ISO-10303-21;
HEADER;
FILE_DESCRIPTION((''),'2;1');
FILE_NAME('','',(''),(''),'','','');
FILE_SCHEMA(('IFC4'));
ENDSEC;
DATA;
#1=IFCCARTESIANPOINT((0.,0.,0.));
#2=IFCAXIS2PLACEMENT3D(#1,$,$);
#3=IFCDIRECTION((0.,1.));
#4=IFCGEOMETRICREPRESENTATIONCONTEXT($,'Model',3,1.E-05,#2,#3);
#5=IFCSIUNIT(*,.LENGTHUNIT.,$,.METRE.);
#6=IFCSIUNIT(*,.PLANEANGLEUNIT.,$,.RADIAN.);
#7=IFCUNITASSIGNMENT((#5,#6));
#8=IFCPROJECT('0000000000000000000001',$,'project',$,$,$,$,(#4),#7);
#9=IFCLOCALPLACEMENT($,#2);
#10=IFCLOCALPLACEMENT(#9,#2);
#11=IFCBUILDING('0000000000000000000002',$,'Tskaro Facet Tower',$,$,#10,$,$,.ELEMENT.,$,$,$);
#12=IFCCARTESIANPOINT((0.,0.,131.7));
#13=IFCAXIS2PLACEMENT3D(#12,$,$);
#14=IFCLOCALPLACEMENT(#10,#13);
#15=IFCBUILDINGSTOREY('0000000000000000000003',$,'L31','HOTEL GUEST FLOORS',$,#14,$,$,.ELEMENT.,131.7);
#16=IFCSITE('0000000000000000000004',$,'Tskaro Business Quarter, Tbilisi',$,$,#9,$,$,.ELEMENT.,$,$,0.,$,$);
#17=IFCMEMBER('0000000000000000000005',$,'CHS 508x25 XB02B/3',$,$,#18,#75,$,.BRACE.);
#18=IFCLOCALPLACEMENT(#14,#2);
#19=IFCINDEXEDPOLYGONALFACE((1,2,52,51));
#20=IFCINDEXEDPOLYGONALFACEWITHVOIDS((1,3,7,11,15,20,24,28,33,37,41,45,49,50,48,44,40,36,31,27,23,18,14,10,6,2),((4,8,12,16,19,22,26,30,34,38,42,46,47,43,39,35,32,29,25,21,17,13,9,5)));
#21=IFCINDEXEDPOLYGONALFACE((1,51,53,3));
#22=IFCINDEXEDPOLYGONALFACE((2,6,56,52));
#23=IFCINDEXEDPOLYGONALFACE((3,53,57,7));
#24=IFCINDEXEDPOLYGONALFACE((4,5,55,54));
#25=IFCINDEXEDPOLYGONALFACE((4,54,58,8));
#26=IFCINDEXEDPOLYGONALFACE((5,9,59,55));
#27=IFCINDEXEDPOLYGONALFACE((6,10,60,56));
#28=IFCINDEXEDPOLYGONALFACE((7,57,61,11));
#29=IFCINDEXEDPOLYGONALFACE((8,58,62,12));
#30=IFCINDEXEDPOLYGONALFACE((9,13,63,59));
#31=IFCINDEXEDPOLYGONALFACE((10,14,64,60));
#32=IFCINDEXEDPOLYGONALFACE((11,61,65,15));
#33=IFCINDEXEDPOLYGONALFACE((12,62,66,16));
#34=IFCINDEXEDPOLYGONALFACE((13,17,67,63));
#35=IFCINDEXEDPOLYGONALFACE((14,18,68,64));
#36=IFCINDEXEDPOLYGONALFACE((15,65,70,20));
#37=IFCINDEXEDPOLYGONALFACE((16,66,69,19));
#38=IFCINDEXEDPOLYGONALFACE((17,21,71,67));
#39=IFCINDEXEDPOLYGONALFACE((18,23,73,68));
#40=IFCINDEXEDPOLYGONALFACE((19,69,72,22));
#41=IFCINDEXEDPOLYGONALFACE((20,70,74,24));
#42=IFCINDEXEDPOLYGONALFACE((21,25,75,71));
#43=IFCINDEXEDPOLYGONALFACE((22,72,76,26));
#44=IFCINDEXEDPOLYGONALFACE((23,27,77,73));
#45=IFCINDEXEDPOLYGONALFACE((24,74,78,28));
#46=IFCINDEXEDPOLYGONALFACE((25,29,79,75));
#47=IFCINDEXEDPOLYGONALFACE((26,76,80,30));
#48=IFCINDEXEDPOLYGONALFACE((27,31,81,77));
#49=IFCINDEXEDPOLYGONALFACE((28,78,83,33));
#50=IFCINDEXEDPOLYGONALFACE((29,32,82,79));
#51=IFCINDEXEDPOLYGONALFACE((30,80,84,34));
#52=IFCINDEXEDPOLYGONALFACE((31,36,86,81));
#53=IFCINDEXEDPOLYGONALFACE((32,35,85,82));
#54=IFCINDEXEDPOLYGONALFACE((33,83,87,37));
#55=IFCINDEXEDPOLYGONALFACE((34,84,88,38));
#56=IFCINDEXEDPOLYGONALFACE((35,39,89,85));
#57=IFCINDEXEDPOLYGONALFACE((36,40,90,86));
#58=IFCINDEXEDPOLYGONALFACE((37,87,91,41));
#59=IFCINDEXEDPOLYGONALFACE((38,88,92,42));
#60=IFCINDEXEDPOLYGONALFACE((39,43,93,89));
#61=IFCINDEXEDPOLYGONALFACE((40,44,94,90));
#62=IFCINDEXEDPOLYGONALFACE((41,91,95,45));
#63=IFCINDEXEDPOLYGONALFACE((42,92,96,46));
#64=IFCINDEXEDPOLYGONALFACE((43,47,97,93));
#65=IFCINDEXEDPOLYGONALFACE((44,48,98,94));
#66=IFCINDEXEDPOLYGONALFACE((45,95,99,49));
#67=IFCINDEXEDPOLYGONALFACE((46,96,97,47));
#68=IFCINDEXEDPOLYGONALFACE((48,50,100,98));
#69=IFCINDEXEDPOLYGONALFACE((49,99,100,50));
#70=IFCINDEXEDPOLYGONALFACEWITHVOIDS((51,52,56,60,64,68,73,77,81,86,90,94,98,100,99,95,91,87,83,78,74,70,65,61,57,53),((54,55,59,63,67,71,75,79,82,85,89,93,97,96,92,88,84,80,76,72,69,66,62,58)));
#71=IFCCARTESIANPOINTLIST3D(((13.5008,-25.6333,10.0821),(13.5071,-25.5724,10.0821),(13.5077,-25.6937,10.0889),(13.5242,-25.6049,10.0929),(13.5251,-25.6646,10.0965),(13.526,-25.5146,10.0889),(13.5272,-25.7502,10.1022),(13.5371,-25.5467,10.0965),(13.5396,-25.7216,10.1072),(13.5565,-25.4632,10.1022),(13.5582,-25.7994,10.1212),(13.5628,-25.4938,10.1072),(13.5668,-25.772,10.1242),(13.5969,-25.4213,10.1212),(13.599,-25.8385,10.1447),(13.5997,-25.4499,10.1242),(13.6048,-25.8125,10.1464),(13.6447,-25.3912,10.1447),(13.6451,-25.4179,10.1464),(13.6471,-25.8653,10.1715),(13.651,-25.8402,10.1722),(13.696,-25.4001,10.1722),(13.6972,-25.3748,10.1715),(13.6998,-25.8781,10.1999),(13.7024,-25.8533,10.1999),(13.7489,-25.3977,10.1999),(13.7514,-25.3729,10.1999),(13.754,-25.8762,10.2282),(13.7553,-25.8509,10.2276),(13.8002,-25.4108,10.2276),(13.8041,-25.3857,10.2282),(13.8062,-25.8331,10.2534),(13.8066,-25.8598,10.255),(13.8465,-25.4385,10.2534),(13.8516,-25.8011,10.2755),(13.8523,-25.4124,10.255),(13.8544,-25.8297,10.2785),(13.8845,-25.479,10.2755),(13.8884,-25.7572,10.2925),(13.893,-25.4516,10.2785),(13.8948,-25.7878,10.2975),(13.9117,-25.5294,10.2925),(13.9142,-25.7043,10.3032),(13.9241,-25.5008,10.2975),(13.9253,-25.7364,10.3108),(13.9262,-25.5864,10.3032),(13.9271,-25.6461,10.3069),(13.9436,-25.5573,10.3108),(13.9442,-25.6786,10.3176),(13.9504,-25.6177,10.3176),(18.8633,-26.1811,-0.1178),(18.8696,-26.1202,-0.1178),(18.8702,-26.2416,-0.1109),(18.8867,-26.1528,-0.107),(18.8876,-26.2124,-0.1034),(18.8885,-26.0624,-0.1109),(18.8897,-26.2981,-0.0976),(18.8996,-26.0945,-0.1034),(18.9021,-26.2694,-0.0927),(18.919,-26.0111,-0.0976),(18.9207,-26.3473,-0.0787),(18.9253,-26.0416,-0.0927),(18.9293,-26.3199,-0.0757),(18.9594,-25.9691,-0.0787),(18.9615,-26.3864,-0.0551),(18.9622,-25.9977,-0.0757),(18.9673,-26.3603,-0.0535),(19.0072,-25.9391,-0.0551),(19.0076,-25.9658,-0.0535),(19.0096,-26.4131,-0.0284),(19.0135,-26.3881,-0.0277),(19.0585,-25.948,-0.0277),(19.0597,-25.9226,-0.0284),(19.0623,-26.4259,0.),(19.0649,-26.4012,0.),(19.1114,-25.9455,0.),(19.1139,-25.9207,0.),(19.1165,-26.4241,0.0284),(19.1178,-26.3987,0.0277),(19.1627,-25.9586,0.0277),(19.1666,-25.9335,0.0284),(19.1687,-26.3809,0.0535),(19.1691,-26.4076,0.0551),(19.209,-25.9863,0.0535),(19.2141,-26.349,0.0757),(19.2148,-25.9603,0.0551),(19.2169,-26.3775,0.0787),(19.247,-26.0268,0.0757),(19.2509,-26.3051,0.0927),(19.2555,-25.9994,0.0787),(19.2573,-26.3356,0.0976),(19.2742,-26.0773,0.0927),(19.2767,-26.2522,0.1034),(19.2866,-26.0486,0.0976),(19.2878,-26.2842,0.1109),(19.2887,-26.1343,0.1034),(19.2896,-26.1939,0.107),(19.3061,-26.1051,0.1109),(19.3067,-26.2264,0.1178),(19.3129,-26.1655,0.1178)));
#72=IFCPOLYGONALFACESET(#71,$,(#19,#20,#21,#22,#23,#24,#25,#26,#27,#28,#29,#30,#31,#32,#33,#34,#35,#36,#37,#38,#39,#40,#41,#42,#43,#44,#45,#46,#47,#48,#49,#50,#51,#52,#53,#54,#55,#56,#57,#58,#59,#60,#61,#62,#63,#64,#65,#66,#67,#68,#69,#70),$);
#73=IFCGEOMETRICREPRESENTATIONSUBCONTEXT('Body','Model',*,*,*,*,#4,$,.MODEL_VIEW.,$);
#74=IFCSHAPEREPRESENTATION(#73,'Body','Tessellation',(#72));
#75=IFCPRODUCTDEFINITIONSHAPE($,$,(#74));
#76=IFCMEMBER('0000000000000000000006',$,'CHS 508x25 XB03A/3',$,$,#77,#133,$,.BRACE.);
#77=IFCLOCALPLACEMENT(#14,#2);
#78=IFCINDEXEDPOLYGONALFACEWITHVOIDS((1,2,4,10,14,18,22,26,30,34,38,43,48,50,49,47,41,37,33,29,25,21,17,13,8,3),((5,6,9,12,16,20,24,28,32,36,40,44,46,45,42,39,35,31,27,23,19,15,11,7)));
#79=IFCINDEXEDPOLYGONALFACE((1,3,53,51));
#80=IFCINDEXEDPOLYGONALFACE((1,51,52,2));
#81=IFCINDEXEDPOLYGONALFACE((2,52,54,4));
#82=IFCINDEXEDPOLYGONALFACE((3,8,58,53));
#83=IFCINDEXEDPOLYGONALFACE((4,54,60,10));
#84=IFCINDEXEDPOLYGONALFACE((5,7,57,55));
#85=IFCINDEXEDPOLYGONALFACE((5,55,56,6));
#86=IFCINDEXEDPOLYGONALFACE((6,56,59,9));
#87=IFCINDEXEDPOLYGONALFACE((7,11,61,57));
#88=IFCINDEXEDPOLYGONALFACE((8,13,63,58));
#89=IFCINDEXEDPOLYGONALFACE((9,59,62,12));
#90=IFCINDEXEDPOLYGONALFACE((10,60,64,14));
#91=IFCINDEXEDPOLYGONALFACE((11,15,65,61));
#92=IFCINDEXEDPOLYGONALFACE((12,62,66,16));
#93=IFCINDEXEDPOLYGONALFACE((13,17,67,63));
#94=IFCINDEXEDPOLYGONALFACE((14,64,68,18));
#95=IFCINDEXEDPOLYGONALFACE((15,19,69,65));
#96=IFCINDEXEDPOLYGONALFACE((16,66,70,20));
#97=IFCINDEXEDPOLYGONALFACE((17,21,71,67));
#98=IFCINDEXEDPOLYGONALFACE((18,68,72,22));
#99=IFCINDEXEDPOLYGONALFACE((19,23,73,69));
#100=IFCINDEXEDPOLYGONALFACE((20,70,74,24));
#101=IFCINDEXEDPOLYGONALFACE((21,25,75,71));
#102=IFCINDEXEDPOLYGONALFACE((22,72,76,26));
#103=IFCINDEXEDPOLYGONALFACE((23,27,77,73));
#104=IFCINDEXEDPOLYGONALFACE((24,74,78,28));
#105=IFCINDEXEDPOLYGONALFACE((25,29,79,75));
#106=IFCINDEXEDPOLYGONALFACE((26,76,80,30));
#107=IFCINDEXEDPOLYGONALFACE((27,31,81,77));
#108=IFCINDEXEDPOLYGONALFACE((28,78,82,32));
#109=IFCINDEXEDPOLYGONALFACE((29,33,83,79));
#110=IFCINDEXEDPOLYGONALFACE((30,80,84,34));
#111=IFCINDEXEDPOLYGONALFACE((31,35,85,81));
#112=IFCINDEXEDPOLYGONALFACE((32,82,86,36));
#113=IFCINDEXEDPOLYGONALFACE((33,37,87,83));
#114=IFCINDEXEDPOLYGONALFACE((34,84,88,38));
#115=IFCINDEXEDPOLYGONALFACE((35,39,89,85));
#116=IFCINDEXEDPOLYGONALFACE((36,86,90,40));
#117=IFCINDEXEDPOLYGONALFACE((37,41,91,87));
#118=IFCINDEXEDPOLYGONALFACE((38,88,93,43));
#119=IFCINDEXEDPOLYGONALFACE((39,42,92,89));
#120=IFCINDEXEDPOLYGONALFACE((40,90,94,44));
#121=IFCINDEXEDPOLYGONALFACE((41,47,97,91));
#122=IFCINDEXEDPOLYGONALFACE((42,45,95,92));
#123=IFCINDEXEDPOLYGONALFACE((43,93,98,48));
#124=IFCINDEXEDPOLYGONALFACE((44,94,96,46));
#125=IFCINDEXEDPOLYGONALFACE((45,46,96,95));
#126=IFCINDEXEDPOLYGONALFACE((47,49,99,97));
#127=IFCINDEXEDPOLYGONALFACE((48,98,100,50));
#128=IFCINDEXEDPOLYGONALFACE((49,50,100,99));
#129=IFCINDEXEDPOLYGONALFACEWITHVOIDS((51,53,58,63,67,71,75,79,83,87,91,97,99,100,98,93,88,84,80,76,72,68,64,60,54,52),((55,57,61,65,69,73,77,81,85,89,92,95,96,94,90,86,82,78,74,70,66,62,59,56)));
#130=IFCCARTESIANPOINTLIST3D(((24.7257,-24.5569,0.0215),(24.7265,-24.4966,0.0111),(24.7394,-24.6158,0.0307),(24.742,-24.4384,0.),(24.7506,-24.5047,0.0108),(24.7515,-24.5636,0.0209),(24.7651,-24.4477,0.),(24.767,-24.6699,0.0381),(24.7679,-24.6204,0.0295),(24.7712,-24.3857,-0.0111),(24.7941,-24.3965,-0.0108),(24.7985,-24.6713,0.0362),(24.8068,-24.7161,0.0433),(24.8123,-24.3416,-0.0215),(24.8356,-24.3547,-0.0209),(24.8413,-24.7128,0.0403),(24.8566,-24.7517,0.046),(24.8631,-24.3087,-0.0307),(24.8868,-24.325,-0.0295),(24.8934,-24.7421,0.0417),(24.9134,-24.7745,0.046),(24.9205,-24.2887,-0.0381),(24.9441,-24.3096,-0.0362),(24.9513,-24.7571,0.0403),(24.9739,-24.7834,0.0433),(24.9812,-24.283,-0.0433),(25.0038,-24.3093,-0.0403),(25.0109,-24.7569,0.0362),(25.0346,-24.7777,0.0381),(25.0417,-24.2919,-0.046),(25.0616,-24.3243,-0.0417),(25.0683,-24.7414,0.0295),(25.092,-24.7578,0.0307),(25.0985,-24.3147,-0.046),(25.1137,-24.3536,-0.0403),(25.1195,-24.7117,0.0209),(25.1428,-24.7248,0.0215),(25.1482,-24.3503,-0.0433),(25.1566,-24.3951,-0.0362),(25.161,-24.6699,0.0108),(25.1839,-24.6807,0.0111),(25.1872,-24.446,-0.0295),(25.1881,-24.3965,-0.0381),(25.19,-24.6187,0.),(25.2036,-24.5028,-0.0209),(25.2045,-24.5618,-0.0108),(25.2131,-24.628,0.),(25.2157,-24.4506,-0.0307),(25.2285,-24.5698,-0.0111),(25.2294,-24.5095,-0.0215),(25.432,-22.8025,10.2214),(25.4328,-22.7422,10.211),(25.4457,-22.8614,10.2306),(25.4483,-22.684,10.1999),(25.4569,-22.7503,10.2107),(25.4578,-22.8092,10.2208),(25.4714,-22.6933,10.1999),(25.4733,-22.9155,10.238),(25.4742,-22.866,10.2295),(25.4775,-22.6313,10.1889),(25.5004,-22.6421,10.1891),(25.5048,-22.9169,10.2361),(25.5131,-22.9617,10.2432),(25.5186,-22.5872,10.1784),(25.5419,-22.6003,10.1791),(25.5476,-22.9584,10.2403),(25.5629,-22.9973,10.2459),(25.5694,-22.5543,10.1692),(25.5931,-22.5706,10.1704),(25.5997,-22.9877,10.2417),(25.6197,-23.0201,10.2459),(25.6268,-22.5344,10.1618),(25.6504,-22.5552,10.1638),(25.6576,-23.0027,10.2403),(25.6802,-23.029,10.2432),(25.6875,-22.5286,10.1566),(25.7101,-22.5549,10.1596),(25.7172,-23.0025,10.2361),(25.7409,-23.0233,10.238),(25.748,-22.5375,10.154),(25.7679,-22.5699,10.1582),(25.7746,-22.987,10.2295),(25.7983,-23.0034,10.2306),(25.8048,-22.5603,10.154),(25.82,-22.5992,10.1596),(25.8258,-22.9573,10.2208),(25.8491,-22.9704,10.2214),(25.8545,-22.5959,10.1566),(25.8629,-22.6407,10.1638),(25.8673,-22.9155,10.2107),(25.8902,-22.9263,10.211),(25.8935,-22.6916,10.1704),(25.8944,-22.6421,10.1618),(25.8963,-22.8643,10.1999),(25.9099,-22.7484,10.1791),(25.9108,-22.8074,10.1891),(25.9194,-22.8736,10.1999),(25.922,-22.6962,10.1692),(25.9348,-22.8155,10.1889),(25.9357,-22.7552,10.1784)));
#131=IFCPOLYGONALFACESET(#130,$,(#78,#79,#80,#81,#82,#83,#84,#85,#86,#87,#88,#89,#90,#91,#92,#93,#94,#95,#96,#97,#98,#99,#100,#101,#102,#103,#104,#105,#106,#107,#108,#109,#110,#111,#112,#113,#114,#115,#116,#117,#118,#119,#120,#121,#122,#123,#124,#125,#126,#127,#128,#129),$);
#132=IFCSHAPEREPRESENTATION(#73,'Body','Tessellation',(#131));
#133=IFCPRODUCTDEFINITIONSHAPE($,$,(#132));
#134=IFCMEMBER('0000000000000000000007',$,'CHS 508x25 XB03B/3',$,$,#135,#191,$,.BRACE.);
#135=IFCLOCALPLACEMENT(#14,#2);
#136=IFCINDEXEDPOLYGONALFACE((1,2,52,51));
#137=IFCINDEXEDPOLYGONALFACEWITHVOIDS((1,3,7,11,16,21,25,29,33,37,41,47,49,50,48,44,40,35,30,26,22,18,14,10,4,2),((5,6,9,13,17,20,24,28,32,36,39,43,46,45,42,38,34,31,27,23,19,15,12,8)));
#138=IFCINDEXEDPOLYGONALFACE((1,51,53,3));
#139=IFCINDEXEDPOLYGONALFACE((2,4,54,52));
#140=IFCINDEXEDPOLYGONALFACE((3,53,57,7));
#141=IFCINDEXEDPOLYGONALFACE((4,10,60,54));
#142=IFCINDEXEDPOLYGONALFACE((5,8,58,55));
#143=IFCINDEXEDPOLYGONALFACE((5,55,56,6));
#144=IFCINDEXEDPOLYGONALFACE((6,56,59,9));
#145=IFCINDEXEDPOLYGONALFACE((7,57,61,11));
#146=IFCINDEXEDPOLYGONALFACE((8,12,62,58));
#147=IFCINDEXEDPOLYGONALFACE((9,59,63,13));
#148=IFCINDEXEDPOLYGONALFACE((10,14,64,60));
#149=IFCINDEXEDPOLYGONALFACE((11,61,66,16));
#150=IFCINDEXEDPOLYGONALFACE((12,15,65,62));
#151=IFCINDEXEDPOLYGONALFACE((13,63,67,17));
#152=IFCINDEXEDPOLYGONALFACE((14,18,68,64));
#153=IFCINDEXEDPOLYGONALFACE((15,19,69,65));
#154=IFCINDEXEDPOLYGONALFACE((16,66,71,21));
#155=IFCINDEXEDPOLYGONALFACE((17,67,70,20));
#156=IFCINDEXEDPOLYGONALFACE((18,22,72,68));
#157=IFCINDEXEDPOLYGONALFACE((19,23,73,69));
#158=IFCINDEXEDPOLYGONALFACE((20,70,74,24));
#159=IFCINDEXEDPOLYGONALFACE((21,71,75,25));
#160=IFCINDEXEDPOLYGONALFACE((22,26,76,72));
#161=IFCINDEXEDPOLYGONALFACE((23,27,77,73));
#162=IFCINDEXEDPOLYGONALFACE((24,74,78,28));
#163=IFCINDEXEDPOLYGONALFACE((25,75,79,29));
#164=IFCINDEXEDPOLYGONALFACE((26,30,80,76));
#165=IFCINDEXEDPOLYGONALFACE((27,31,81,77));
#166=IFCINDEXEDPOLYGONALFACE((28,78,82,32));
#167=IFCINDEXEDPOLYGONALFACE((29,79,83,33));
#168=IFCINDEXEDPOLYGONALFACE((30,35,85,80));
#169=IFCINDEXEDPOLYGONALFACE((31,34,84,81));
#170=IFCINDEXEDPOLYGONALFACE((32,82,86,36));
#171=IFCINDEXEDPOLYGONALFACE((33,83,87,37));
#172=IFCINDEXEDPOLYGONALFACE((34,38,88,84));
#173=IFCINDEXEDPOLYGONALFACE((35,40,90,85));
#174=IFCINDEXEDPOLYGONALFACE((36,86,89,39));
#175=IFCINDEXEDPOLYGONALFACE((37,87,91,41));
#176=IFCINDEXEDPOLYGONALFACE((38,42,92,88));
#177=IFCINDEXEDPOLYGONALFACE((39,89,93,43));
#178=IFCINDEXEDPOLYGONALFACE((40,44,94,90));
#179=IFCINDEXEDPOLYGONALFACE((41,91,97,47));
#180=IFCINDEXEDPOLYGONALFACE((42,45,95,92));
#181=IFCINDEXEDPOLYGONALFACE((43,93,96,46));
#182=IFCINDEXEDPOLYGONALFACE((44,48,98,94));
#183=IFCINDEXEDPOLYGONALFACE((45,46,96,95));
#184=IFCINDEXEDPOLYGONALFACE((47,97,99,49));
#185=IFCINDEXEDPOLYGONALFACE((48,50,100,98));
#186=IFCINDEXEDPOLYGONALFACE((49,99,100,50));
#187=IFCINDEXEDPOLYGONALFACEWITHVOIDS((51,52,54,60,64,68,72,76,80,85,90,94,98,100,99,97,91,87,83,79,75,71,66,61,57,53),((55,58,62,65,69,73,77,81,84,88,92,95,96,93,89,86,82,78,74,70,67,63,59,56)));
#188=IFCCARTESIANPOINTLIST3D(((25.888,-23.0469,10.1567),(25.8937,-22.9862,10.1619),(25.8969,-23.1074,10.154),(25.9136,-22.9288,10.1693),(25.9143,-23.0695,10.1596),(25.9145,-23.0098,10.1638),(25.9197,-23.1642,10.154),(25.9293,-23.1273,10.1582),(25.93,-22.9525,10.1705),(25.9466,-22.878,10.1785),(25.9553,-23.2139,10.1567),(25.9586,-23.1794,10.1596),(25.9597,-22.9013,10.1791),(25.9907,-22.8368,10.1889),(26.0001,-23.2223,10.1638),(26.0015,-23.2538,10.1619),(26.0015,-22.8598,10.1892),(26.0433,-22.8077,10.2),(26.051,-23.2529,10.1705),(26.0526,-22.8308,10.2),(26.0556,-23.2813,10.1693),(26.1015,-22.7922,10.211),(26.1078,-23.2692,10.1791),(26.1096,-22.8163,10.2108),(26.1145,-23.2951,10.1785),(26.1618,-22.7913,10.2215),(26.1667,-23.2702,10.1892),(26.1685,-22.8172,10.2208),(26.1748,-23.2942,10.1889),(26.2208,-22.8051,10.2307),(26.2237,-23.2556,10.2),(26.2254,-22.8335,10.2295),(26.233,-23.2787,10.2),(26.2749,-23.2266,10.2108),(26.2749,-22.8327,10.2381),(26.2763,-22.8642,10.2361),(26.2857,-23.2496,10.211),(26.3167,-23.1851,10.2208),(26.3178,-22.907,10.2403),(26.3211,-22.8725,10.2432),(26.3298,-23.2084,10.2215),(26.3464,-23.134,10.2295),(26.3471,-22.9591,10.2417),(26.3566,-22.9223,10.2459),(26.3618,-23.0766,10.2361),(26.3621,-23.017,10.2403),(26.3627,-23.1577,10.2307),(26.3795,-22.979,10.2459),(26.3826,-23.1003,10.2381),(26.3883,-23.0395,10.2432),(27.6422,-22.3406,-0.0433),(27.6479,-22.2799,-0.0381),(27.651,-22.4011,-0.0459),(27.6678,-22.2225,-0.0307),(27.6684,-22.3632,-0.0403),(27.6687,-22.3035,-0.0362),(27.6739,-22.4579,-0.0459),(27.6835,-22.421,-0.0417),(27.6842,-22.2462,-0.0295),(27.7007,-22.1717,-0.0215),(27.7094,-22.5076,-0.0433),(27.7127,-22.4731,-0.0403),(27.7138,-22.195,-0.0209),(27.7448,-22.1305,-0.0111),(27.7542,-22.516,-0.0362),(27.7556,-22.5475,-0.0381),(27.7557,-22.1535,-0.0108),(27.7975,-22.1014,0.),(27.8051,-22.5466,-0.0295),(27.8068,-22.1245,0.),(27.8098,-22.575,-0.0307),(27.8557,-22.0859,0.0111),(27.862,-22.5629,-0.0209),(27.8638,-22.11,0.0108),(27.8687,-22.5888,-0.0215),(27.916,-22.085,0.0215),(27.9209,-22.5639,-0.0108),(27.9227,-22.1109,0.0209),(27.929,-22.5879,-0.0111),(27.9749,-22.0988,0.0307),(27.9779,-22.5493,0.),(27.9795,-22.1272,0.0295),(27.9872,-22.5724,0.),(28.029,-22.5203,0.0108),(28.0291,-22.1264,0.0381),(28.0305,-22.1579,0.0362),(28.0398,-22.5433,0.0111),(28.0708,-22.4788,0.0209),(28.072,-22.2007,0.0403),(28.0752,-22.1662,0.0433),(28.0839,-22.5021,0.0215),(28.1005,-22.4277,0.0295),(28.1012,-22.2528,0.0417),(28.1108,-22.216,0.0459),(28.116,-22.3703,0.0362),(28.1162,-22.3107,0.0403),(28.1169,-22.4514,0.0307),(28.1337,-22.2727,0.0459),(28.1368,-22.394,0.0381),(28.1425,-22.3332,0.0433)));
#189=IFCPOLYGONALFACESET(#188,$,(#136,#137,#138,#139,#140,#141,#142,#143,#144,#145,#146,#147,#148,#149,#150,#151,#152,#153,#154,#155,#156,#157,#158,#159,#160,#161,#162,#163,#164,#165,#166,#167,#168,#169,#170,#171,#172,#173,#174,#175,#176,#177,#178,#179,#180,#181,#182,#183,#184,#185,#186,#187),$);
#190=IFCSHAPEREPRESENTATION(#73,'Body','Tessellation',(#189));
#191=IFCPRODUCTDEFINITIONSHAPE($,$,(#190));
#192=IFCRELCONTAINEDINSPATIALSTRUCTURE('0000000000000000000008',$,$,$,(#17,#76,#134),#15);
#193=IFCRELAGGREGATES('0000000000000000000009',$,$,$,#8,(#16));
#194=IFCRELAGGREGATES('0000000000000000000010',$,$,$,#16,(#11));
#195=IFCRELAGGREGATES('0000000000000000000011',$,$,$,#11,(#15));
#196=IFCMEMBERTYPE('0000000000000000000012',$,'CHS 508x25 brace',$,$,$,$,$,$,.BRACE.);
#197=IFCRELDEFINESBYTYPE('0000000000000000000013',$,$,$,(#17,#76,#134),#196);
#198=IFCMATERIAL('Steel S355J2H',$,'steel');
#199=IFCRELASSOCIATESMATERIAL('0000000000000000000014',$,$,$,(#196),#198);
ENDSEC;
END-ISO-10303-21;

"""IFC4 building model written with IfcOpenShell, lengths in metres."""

from ifc_helpers import new_model, si_unit, direction, frame, origin, origin_2d, place, context, subcontext, project, spatial, hollow_circle, extrude, material, material_profile, profile_set, type_object, element, save


model = new_model("IFC4")

# Units and contexts
model_context = context("Model", 3, precision=1e-05, world=origin(), true_north=direction((0.0, 1.0)))
body_context = subcontext(model_context, "Body", "Model", "MODEL_VIEW")
ifc_project = project(units=[si_unit("LENGTHUNIT", "METRE"), si_unit("PLANEANGLEUNIT", "RADIAN")], contexts=[model_context])

# Site, building, storey
site_placement = place(None, origin())
site = spatial("IfcSite", under=ifc_project, at=site_placement, Name="Tskaro Business Quarter, Tbilisi", CompositionType="ELEMENT", RefElevation=0.0)
building_placement = place(site_placement, origin())
building = spatial("IfcBuilding", under=site, at=building_placement, Name="Tskaro Facet Tower", CompositionType="ELEMENT")
storey_placement = place(building_placement, frame((0.0, 0.0, 131.7)))
storey = spatial("IfcBuildingStorey", under=building, at=storey_placement, Name="L31", Description="HOTEL GUEST FLOORS", CompositionType="ELEMENT", Elevation=131.7)

# Shared definitions
ifc_material_1 = material(Name="Steel S355J2H", Category="steel")

# Members
ifc_material_profile_1 = material_profile(ifc_material_1, hollow_circle(Radius=0.2539, WallThickness=0.0249, at=origin_2d()), Name="CHS 508x25")
ifc_profile_set_1 = profile_set([ifc_material_profile_1], Name="Steel S355J2H")
member_type_1 = type_object("IfcMemberType", Name="CHS 508x25 brace", PredefinedType="BRACE", material=ifc_profile_set_1)
member_1_placement = place(storey_placement, frame((19.0881, -26.1733, 0.0), z_axis=(-0.464824, 0.047488, 0.884129), x_axis=(-0.101634, -0.994822, 0.0)))
element("IfcMember", 1, at=member_1_placement, inside=storey, type_object=member_type_1, Name="CHS 508x25 XB02B/3", PredefinedType="BRACE", context=body_context, shape_type="SweptSolid", body=[
    extrude(hollow_circle(Radius=0.2539, WallThickness=0.0249, at=origin_2d()), origin(), (0.0, 0.0, 1.0), 11.5366),
])
for number, where, z_axis, x_axis, name in (
    (2, (24.9775, -24.5332, 0.0), (0.068085, 0.169118, 0.983241), (-0.927646, 0.37346, 0.0), "CHS 508x25 XB03A/3"),
    (3, (27.8923, -22.3369, 0.0), (-0.169095, -0.068085, 0.983245), (0.373504, -0.927628, 0.0), "CHS 508x25 XB03B/3"),
):
    element("IfcMember", number, at=place(storey_placement, frame(where, z_axis=z_axis, x_axis=x_axis)), inside=storey, type_object=member_type_1, Name=name, PredefinedType="BRACE", context=body_context, shape_type="SweptSolid", body=[
        extrude(hollow_circle(Radius=0.2539, WallThickness=0.0249, at=origin_2d()), origin(), (0.0, 0.0, 1.0), 10.3738),
    ])

save(model, "model.ifc")
